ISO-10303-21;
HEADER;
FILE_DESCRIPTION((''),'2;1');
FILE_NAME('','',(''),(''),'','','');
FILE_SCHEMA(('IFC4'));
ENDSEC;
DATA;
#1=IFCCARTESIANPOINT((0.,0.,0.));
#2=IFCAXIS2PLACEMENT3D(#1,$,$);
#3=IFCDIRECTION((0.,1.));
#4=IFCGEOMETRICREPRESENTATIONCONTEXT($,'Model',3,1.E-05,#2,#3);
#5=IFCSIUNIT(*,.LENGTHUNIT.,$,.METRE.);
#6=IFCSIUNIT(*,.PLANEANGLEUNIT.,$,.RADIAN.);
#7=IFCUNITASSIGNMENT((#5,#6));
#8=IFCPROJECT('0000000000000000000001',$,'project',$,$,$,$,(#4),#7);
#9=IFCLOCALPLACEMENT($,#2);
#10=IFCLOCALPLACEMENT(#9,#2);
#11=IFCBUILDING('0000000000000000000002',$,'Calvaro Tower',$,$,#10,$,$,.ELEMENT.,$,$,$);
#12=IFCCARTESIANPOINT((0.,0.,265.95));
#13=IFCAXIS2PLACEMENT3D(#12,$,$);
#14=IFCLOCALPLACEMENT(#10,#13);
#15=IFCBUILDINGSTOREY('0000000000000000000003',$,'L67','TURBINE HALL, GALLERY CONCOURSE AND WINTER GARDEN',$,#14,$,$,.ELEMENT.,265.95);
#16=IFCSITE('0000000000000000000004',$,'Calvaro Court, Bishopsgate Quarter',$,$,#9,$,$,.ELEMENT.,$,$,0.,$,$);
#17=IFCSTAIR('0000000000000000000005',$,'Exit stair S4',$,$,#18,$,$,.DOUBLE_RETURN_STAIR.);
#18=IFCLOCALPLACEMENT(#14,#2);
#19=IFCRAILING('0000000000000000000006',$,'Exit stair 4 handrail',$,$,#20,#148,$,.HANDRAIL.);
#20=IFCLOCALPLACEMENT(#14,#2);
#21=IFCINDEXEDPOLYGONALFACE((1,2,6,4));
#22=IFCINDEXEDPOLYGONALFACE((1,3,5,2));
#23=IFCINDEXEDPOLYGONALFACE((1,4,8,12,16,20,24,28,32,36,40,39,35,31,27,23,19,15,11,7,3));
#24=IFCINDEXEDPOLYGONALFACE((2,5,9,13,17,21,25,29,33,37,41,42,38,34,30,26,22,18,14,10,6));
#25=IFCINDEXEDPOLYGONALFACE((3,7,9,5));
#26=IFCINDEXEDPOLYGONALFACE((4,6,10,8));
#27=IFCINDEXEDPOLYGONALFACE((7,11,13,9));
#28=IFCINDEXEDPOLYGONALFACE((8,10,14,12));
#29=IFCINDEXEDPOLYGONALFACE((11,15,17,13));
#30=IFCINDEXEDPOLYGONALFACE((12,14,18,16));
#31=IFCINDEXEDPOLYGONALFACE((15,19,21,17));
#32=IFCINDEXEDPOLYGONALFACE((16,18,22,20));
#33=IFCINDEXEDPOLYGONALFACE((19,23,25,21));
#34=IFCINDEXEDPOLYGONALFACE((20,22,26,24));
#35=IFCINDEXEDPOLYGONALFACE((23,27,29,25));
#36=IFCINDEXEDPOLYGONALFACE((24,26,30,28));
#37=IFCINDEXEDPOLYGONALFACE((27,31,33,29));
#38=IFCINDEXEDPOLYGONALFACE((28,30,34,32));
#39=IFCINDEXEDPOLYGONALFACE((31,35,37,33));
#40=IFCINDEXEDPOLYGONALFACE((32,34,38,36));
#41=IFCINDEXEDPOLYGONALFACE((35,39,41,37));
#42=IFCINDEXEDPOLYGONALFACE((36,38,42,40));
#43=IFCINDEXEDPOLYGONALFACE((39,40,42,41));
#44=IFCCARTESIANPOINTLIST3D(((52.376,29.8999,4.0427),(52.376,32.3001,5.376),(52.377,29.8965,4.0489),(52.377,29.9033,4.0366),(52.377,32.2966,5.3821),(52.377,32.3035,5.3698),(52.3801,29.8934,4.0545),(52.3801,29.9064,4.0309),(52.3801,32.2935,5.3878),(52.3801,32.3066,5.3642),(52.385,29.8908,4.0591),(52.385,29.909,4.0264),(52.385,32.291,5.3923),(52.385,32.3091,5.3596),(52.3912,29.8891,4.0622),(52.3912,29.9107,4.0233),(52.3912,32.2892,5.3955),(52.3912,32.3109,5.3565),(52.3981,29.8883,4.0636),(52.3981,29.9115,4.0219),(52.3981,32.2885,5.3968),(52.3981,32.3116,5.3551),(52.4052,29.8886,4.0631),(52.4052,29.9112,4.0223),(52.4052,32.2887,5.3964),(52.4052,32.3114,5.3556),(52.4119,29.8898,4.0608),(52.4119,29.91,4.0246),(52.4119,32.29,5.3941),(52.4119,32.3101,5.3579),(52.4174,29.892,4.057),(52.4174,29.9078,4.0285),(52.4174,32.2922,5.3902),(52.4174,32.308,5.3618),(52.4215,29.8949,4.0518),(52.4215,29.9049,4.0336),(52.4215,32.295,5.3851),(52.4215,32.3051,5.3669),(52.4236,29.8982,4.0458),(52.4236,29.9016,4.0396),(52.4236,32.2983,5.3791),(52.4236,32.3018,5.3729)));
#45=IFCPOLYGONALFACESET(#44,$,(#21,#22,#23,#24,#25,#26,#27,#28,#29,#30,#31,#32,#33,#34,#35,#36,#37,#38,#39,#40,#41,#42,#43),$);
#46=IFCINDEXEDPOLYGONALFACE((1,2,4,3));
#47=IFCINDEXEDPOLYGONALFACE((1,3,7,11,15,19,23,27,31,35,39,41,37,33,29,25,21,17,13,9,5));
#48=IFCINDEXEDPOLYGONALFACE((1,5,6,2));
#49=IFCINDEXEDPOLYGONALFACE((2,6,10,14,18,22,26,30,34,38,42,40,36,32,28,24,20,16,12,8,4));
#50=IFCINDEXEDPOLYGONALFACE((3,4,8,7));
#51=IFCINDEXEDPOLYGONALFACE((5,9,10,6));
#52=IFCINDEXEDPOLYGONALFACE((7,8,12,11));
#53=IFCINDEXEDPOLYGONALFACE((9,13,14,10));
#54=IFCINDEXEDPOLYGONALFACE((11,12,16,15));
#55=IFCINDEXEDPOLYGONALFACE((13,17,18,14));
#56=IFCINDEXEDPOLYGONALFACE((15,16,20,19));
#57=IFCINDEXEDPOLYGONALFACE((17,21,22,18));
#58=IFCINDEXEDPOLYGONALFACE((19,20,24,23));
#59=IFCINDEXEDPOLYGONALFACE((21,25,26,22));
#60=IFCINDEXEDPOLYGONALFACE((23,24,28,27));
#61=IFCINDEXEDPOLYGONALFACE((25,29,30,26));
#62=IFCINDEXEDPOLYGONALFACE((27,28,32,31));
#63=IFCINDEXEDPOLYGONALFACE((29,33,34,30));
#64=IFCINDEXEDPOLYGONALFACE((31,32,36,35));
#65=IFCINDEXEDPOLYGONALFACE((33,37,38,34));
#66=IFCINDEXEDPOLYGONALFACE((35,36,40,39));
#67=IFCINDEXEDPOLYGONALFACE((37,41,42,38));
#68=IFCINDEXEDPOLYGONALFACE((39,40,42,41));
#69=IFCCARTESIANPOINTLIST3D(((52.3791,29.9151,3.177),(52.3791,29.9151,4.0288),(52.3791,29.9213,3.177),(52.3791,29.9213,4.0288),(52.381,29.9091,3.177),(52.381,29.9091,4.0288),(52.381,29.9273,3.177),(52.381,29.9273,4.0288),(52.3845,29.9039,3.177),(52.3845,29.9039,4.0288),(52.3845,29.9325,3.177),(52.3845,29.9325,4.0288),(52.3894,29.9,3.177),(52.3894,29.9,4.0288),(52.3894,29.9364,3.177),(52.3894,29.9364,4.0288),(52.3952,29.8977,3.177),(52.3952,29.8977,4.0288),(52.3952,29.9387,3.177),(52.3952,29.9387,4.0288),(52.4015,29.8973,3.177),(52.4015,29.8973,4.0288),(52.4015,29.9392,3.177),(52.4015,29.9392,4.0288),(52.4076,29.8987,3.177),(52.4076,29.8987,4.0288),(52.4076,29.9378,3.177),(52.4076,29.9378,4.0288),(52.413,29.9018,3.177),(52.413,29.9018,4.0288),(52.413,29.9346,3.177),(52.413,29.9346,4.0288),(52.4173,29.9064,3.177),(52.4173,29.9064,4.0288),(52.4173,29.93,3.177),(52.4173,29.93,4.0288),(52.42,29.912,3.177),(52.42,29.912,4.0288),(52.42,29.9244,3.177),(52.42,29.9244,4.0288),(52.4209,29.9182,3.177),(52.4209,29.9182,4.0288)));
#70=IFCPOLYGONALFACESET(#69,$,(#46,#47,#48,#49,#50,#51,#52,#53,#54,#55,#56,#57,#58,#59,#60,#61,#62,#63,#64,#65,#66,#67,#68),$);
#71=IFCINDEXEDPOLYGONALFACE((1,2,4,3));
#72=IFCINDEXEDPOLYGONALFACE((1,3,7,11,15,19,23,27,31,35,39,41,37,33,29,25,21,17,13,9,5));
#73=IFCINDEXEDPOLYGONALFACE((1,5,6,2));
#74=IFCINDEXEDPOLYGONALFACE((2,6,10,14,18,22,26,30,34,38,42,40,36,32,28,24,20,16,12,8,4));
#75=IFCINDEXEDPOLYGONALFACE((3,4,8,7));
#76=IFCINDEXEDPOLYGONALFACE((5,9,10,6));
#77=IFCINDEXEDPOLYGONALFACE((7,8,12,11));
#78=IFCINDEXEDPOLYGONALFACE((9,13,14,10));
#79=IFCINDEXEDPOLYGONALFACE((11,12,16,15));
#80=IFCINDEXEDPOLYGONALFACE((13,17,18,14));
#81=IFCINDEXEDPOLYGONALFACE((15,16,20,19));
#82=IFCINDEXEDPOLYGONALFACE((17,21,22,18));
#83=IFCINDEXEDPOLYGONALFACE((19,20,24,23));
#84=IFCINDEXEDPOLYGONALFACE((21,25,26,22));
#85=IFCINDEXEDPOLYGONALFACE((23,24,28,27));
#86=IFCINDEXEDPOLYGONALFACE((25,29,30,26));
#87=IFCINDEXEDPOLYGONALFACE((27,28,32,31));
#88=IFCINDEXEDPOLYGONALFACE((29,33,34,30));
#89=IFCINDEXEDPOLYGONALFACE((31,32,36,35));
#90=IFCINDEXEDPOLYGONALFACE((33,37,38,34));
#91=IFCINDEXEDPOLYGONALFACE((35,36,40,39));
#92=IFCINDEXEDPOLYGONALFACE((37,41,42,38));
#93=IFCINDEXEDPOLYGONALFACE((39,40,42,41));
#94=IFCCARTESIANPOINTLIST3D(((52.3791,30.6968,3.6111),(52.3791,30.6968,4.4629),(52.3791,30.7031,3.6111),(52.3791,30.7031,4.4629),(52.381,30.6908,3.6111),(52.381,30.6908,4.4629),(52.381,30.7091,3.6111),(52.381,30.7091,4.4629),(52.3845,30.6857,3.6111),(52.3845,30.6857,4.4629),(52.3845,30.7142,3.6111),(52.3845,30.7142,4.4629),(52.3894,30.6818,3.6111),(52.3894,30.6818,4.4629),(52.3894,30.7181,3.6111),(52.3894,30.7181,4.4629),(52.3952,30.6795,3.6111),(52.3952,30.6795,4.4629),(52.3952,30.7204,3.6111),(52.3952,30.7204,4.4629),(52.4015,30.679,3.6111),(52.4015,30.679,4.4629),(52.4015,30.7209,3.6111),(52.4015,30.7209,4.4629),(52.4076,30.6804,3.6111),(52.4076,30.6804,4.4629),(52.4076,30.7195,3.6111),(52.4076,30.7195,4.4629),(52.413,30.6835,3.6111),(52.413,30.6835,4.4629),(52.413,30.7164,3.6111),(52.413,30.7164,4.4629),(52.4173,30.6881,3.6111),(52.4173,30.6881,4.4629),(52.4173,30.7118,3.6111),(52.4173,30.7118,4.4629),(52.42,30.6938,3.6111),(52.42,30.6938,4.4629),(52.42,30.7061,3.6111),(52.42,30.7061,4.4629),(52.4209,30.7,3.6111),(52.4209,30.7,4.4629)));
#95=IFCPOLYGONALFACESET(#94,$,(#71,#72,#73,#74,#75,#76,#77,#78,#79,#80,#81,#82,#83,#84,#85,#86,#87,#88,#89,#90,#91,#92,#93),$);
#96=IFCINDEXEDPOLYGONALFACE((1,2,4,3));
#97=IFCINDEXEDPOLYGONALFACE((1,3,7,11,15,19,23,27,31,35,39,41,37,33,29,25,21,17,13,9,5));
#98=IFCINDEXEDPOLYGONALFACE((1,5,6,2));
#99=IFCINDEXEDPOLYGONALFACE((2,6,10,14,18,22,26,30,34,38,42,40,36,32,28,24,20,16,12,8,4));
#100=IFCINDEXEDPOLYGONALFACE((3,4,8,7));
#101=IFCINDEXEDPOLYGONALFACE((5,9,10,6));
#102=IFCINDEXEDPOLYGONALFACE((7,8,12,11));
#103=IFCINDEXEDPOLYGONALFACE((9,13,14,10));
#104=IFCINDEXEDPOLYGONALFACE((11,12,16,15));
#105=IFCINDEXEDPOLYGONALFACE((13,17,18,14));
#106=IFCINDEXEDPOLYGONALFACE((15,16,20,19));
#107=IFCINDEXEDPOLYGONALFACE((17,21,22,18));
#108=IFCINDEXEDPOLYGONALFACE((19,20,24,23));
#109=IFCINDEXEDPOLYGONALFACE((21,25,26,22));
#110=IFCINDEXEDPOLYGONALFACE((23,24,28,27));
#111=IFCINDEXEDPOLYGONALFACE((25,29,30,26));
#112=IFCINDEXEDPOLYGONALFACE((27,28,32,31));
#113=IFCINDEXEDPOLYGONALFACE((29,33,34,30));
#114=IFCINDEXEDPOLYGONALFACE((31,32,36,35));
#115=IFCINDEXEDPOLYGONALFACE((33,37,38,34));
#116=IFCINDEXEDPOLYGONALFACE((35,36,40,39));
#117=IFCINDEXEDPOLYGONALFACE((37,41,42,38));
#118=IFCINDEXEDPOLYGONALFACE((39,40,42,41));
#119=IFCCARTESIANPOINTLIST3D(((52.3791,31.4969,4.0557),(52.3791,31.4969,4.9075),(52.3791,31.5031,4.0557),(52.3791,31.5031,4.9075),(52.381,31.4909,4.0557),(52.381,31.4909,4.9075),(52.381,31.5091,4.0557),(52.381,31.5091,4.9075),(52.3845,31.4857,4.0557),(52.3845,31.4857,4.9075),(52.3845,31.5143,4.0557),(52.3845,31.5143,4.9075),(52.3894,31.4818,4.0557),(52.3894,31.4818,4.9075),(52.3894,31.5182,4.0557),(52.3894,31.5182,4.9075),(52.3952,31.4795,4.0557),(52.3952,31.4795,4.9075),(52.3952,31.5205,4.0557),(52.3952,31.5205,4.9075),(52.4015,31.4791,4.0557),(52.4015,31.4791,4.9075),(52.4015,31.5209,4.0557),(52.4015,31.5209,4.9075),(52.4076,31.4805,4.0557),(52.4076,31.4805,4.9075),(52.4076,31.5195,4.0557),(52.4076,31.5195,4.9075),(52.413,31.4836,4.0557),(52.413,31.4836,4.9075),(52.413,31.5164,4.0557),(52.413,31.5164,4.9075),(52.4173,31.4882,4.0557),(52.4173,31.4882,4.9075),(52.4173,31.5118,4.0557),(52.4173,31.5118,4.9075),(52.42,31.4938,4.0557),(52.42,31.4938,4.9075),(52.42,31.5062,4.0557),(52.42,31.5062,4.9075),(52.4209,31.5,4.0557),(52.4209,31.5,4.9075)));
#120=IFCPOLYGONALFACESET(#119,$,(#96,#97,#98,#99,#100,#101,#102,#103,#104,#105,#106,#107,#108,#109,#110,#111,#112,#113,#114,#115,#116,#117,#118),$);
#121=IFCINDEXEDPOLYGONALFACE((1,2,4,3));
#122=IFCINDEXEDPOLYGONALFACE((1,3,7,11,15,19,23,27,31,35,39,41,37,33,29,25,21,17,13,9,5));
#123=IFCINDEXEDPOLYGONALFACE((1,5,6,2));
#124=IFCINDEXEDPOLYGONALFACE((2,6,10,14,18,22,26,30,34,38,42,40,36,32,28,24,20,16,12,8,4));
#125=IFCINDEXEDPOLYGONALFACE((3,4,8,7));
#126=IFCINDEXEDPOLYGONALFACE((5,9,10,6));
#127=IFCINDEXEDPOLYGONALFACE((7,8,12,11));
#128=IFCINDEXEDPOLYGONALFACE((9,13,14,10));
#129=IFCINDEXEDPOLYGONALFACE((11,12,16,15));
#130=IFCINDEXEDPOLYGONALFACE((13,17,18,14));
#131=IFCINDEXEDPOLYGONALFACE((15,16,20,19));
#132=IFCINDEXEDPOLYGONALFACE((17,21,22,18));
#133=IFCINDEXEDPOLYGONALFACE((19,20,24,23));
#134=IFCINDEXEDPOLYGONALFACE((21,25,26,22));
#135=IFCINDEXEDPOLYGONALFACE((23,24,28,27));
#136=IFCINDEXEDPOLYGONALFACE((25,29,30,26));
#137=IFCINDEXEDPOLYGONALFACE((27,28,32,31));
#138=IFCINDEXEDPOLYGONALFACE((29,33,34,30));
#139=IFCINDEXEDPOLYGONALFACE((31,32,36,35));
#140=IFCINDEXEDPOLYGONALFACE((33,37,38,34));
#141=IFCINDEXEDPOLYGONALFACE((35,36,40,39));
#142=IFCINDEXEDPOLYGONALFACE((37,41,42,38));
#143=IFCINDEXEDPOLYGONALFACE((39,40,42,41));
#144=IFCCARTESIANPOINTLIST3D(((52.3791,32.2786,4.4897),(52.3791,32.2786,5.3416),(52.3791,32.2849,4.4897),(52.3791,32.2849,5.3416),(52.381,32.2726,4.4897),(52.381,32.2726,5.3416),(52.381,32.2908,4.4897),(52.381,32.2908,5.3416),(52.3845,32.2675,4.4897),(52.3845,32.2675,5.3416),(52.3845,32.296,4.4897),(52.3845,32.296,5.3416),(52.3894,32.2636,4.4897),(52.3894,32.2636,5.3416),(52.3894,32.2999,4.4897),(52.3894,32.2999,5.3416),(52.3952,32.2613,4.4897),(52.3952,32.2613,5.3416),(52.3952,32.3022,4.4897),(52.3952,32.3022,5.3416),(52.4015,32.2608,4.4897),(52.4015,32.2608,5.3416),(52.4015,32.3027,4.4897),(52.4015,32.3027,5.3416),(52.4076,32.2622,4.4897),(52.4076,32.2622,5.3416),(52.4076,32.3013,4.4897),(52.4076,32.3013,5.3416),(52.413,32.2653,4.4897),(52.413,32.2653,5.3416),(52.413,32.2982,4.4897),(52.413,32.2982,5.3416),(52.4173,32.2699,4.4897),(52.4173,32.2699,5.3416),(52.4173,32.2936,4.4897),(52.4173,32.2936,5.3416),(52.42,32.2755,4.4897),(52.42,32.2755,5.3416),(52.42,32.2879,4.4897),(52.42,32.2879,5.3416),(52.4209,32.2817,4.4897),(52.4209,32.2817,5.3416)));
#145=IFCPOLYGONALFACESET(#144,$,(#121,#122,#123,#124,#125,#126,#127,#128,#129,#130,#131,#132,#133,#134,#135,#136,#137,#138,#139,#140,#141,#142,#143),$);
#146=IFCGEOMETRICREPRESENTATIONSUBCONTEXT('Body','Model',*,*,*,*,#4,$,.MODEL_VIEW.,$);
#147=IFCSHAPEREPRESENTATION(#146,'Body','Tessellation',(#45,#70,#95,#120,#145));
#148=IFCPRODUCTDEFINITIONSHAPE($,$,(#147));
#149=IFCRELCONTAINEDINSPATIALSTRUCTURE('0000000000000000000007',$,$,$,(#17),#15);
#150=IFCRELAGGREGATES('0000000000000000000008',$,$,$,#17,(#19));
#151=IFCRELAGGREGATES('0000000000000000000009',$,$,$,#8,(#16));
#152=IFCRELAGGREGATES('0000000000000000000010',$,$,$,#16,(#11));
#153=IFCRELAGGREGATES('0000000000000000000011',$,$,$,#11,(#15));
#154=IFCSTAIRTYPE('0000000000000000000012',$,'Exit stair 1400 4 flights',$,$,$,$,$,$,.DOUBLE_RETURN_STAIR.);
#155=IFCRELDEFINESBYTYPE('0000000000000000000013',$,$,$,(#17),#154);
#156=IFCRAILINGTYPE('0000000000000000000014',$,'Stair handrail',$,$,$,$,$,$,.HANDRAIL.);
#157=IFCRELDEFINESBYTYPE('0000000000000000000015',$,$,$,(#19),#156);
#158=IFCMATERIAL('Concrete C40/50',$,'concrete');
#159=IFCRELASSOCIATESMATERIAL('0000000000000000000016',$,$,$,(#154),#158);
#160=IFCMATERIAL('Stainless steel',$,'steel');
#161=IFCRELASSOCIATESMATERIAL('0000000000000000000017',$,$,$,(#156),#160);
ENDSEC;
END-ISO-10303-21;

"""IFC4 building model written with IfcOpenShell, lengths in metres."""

from ifc_helpers import new_model, si_unit, direction, frame, origin, origin_2d, place, context, subcontext, project, spatial, circle, extrude, material, type_object, element, aggregate, save


model = new_model("IFC4")

# Units and contexts
model_context = context("Model", 3, precision=1e-05, world=origin(), true_north=direction((0.0, 1.0)))
body_context = subcontext(model_context, "Body", "Model", "MODEL_VIEW")
ifc_project = project(units=[si_unit("LENGTHUNIT", "METRE"), si_unit("PLANEANGLEUNIT", "RADIAN")], contexts=[model_context])

# Site, building, storey
site_placement = place(None, origin())
site = spatial("IfcSite", under=ifc_project, at=site_placement, Name="Calvaro Court, Bishopsgate Quarter", CompositionType="ELEMENT", RefElevation=0.0)
building_placement = place(site_placement, origin())
building = spatial("IfcBuilding", under=site, at=building_placement, Name="Calvaro Tower", CompositionType="ELEMENT")
storey_placement = place(building_placement, frame((0.0, 0.0, 265.95)))
storey = spatial("IfcBuildingStorey", under=building, at=storey_placement, Name="L67", Description="TURBINE HALL, GALLERY CONCOURSE AND WINTER GARDEN", CompositionType="ELEMENT", Elevation=265.95)

# Stair
ifc_material_1 = material(Name="Concrete C40/50", Category="concrete")
stair_type = type_object("IfcStairType", Name="Exit stair 1400 4 flights", PredefinedType="DOUBLE_RETURN_STAIR", material=ifc_material_1)
stair_1_placement = place(storey_placement, origin())
stair_1 = element("IfcStair", 1, at=stair_1_placement, inside=storey, type_object=stair_type, Name="Exit stair S4", PredefinedType="DOUBLE_RETURN_STAIR")

# Railing
ifc_material_2 = material(Name="Stainless steel", Category="steel")
railing_type_1 = type_object("IfcRailingType", Name="Stair handrail", PredefinedType="HANDRAIL", material=ifc_material_2)
railing_1_placement = place(storey_placement, frame((52.3999, 29.8999, 3.1667)))
railing_1 = element("IfcRailing", 2, at=railing_1_placement, type_object=railing_type_1, Name="Exit stair 4 handrail", PredefinedType="HANDRAIL", context=body_context, shape_type="SweptSolid", body=[
    extrude(circle(Radius=0.0239, at=origin_2d()), frame((0.0, 0.0, 0.876), z_axis=(0.0, 0.874182, 0.485598), x_axis=(-1.0, 0.0, 0.0)), (0.0, 0.0, 1.0), 2.7456),
    extrude(circle(Radius=0.021, at=origin_2d()), frame((0.0, 0.0183, 0.0103)), (0.0, 0.0, 1.0), 0.8518),
    extrude(circle(Radius=0.021, at=origin_2d()), frame((0.0, 0.8, 0.4443)), (0.0, 0.0, 1.0), 0.8518),
    extrude(circle(Radius=0.021, at=origin_2d()), frame((0.0, 1.6001, 0.8889)), (0.0, 0.0, 1.0), 0.8518),
    extrude(circle(Radius=0.021, at=origin_2d()), frame((0.0, 2.3818, 1.323)), (0.0, 0.0, 1.0), 0.8518),
])
aggregate(stair_1, [railing_1])

save(model, "model.ifc")
